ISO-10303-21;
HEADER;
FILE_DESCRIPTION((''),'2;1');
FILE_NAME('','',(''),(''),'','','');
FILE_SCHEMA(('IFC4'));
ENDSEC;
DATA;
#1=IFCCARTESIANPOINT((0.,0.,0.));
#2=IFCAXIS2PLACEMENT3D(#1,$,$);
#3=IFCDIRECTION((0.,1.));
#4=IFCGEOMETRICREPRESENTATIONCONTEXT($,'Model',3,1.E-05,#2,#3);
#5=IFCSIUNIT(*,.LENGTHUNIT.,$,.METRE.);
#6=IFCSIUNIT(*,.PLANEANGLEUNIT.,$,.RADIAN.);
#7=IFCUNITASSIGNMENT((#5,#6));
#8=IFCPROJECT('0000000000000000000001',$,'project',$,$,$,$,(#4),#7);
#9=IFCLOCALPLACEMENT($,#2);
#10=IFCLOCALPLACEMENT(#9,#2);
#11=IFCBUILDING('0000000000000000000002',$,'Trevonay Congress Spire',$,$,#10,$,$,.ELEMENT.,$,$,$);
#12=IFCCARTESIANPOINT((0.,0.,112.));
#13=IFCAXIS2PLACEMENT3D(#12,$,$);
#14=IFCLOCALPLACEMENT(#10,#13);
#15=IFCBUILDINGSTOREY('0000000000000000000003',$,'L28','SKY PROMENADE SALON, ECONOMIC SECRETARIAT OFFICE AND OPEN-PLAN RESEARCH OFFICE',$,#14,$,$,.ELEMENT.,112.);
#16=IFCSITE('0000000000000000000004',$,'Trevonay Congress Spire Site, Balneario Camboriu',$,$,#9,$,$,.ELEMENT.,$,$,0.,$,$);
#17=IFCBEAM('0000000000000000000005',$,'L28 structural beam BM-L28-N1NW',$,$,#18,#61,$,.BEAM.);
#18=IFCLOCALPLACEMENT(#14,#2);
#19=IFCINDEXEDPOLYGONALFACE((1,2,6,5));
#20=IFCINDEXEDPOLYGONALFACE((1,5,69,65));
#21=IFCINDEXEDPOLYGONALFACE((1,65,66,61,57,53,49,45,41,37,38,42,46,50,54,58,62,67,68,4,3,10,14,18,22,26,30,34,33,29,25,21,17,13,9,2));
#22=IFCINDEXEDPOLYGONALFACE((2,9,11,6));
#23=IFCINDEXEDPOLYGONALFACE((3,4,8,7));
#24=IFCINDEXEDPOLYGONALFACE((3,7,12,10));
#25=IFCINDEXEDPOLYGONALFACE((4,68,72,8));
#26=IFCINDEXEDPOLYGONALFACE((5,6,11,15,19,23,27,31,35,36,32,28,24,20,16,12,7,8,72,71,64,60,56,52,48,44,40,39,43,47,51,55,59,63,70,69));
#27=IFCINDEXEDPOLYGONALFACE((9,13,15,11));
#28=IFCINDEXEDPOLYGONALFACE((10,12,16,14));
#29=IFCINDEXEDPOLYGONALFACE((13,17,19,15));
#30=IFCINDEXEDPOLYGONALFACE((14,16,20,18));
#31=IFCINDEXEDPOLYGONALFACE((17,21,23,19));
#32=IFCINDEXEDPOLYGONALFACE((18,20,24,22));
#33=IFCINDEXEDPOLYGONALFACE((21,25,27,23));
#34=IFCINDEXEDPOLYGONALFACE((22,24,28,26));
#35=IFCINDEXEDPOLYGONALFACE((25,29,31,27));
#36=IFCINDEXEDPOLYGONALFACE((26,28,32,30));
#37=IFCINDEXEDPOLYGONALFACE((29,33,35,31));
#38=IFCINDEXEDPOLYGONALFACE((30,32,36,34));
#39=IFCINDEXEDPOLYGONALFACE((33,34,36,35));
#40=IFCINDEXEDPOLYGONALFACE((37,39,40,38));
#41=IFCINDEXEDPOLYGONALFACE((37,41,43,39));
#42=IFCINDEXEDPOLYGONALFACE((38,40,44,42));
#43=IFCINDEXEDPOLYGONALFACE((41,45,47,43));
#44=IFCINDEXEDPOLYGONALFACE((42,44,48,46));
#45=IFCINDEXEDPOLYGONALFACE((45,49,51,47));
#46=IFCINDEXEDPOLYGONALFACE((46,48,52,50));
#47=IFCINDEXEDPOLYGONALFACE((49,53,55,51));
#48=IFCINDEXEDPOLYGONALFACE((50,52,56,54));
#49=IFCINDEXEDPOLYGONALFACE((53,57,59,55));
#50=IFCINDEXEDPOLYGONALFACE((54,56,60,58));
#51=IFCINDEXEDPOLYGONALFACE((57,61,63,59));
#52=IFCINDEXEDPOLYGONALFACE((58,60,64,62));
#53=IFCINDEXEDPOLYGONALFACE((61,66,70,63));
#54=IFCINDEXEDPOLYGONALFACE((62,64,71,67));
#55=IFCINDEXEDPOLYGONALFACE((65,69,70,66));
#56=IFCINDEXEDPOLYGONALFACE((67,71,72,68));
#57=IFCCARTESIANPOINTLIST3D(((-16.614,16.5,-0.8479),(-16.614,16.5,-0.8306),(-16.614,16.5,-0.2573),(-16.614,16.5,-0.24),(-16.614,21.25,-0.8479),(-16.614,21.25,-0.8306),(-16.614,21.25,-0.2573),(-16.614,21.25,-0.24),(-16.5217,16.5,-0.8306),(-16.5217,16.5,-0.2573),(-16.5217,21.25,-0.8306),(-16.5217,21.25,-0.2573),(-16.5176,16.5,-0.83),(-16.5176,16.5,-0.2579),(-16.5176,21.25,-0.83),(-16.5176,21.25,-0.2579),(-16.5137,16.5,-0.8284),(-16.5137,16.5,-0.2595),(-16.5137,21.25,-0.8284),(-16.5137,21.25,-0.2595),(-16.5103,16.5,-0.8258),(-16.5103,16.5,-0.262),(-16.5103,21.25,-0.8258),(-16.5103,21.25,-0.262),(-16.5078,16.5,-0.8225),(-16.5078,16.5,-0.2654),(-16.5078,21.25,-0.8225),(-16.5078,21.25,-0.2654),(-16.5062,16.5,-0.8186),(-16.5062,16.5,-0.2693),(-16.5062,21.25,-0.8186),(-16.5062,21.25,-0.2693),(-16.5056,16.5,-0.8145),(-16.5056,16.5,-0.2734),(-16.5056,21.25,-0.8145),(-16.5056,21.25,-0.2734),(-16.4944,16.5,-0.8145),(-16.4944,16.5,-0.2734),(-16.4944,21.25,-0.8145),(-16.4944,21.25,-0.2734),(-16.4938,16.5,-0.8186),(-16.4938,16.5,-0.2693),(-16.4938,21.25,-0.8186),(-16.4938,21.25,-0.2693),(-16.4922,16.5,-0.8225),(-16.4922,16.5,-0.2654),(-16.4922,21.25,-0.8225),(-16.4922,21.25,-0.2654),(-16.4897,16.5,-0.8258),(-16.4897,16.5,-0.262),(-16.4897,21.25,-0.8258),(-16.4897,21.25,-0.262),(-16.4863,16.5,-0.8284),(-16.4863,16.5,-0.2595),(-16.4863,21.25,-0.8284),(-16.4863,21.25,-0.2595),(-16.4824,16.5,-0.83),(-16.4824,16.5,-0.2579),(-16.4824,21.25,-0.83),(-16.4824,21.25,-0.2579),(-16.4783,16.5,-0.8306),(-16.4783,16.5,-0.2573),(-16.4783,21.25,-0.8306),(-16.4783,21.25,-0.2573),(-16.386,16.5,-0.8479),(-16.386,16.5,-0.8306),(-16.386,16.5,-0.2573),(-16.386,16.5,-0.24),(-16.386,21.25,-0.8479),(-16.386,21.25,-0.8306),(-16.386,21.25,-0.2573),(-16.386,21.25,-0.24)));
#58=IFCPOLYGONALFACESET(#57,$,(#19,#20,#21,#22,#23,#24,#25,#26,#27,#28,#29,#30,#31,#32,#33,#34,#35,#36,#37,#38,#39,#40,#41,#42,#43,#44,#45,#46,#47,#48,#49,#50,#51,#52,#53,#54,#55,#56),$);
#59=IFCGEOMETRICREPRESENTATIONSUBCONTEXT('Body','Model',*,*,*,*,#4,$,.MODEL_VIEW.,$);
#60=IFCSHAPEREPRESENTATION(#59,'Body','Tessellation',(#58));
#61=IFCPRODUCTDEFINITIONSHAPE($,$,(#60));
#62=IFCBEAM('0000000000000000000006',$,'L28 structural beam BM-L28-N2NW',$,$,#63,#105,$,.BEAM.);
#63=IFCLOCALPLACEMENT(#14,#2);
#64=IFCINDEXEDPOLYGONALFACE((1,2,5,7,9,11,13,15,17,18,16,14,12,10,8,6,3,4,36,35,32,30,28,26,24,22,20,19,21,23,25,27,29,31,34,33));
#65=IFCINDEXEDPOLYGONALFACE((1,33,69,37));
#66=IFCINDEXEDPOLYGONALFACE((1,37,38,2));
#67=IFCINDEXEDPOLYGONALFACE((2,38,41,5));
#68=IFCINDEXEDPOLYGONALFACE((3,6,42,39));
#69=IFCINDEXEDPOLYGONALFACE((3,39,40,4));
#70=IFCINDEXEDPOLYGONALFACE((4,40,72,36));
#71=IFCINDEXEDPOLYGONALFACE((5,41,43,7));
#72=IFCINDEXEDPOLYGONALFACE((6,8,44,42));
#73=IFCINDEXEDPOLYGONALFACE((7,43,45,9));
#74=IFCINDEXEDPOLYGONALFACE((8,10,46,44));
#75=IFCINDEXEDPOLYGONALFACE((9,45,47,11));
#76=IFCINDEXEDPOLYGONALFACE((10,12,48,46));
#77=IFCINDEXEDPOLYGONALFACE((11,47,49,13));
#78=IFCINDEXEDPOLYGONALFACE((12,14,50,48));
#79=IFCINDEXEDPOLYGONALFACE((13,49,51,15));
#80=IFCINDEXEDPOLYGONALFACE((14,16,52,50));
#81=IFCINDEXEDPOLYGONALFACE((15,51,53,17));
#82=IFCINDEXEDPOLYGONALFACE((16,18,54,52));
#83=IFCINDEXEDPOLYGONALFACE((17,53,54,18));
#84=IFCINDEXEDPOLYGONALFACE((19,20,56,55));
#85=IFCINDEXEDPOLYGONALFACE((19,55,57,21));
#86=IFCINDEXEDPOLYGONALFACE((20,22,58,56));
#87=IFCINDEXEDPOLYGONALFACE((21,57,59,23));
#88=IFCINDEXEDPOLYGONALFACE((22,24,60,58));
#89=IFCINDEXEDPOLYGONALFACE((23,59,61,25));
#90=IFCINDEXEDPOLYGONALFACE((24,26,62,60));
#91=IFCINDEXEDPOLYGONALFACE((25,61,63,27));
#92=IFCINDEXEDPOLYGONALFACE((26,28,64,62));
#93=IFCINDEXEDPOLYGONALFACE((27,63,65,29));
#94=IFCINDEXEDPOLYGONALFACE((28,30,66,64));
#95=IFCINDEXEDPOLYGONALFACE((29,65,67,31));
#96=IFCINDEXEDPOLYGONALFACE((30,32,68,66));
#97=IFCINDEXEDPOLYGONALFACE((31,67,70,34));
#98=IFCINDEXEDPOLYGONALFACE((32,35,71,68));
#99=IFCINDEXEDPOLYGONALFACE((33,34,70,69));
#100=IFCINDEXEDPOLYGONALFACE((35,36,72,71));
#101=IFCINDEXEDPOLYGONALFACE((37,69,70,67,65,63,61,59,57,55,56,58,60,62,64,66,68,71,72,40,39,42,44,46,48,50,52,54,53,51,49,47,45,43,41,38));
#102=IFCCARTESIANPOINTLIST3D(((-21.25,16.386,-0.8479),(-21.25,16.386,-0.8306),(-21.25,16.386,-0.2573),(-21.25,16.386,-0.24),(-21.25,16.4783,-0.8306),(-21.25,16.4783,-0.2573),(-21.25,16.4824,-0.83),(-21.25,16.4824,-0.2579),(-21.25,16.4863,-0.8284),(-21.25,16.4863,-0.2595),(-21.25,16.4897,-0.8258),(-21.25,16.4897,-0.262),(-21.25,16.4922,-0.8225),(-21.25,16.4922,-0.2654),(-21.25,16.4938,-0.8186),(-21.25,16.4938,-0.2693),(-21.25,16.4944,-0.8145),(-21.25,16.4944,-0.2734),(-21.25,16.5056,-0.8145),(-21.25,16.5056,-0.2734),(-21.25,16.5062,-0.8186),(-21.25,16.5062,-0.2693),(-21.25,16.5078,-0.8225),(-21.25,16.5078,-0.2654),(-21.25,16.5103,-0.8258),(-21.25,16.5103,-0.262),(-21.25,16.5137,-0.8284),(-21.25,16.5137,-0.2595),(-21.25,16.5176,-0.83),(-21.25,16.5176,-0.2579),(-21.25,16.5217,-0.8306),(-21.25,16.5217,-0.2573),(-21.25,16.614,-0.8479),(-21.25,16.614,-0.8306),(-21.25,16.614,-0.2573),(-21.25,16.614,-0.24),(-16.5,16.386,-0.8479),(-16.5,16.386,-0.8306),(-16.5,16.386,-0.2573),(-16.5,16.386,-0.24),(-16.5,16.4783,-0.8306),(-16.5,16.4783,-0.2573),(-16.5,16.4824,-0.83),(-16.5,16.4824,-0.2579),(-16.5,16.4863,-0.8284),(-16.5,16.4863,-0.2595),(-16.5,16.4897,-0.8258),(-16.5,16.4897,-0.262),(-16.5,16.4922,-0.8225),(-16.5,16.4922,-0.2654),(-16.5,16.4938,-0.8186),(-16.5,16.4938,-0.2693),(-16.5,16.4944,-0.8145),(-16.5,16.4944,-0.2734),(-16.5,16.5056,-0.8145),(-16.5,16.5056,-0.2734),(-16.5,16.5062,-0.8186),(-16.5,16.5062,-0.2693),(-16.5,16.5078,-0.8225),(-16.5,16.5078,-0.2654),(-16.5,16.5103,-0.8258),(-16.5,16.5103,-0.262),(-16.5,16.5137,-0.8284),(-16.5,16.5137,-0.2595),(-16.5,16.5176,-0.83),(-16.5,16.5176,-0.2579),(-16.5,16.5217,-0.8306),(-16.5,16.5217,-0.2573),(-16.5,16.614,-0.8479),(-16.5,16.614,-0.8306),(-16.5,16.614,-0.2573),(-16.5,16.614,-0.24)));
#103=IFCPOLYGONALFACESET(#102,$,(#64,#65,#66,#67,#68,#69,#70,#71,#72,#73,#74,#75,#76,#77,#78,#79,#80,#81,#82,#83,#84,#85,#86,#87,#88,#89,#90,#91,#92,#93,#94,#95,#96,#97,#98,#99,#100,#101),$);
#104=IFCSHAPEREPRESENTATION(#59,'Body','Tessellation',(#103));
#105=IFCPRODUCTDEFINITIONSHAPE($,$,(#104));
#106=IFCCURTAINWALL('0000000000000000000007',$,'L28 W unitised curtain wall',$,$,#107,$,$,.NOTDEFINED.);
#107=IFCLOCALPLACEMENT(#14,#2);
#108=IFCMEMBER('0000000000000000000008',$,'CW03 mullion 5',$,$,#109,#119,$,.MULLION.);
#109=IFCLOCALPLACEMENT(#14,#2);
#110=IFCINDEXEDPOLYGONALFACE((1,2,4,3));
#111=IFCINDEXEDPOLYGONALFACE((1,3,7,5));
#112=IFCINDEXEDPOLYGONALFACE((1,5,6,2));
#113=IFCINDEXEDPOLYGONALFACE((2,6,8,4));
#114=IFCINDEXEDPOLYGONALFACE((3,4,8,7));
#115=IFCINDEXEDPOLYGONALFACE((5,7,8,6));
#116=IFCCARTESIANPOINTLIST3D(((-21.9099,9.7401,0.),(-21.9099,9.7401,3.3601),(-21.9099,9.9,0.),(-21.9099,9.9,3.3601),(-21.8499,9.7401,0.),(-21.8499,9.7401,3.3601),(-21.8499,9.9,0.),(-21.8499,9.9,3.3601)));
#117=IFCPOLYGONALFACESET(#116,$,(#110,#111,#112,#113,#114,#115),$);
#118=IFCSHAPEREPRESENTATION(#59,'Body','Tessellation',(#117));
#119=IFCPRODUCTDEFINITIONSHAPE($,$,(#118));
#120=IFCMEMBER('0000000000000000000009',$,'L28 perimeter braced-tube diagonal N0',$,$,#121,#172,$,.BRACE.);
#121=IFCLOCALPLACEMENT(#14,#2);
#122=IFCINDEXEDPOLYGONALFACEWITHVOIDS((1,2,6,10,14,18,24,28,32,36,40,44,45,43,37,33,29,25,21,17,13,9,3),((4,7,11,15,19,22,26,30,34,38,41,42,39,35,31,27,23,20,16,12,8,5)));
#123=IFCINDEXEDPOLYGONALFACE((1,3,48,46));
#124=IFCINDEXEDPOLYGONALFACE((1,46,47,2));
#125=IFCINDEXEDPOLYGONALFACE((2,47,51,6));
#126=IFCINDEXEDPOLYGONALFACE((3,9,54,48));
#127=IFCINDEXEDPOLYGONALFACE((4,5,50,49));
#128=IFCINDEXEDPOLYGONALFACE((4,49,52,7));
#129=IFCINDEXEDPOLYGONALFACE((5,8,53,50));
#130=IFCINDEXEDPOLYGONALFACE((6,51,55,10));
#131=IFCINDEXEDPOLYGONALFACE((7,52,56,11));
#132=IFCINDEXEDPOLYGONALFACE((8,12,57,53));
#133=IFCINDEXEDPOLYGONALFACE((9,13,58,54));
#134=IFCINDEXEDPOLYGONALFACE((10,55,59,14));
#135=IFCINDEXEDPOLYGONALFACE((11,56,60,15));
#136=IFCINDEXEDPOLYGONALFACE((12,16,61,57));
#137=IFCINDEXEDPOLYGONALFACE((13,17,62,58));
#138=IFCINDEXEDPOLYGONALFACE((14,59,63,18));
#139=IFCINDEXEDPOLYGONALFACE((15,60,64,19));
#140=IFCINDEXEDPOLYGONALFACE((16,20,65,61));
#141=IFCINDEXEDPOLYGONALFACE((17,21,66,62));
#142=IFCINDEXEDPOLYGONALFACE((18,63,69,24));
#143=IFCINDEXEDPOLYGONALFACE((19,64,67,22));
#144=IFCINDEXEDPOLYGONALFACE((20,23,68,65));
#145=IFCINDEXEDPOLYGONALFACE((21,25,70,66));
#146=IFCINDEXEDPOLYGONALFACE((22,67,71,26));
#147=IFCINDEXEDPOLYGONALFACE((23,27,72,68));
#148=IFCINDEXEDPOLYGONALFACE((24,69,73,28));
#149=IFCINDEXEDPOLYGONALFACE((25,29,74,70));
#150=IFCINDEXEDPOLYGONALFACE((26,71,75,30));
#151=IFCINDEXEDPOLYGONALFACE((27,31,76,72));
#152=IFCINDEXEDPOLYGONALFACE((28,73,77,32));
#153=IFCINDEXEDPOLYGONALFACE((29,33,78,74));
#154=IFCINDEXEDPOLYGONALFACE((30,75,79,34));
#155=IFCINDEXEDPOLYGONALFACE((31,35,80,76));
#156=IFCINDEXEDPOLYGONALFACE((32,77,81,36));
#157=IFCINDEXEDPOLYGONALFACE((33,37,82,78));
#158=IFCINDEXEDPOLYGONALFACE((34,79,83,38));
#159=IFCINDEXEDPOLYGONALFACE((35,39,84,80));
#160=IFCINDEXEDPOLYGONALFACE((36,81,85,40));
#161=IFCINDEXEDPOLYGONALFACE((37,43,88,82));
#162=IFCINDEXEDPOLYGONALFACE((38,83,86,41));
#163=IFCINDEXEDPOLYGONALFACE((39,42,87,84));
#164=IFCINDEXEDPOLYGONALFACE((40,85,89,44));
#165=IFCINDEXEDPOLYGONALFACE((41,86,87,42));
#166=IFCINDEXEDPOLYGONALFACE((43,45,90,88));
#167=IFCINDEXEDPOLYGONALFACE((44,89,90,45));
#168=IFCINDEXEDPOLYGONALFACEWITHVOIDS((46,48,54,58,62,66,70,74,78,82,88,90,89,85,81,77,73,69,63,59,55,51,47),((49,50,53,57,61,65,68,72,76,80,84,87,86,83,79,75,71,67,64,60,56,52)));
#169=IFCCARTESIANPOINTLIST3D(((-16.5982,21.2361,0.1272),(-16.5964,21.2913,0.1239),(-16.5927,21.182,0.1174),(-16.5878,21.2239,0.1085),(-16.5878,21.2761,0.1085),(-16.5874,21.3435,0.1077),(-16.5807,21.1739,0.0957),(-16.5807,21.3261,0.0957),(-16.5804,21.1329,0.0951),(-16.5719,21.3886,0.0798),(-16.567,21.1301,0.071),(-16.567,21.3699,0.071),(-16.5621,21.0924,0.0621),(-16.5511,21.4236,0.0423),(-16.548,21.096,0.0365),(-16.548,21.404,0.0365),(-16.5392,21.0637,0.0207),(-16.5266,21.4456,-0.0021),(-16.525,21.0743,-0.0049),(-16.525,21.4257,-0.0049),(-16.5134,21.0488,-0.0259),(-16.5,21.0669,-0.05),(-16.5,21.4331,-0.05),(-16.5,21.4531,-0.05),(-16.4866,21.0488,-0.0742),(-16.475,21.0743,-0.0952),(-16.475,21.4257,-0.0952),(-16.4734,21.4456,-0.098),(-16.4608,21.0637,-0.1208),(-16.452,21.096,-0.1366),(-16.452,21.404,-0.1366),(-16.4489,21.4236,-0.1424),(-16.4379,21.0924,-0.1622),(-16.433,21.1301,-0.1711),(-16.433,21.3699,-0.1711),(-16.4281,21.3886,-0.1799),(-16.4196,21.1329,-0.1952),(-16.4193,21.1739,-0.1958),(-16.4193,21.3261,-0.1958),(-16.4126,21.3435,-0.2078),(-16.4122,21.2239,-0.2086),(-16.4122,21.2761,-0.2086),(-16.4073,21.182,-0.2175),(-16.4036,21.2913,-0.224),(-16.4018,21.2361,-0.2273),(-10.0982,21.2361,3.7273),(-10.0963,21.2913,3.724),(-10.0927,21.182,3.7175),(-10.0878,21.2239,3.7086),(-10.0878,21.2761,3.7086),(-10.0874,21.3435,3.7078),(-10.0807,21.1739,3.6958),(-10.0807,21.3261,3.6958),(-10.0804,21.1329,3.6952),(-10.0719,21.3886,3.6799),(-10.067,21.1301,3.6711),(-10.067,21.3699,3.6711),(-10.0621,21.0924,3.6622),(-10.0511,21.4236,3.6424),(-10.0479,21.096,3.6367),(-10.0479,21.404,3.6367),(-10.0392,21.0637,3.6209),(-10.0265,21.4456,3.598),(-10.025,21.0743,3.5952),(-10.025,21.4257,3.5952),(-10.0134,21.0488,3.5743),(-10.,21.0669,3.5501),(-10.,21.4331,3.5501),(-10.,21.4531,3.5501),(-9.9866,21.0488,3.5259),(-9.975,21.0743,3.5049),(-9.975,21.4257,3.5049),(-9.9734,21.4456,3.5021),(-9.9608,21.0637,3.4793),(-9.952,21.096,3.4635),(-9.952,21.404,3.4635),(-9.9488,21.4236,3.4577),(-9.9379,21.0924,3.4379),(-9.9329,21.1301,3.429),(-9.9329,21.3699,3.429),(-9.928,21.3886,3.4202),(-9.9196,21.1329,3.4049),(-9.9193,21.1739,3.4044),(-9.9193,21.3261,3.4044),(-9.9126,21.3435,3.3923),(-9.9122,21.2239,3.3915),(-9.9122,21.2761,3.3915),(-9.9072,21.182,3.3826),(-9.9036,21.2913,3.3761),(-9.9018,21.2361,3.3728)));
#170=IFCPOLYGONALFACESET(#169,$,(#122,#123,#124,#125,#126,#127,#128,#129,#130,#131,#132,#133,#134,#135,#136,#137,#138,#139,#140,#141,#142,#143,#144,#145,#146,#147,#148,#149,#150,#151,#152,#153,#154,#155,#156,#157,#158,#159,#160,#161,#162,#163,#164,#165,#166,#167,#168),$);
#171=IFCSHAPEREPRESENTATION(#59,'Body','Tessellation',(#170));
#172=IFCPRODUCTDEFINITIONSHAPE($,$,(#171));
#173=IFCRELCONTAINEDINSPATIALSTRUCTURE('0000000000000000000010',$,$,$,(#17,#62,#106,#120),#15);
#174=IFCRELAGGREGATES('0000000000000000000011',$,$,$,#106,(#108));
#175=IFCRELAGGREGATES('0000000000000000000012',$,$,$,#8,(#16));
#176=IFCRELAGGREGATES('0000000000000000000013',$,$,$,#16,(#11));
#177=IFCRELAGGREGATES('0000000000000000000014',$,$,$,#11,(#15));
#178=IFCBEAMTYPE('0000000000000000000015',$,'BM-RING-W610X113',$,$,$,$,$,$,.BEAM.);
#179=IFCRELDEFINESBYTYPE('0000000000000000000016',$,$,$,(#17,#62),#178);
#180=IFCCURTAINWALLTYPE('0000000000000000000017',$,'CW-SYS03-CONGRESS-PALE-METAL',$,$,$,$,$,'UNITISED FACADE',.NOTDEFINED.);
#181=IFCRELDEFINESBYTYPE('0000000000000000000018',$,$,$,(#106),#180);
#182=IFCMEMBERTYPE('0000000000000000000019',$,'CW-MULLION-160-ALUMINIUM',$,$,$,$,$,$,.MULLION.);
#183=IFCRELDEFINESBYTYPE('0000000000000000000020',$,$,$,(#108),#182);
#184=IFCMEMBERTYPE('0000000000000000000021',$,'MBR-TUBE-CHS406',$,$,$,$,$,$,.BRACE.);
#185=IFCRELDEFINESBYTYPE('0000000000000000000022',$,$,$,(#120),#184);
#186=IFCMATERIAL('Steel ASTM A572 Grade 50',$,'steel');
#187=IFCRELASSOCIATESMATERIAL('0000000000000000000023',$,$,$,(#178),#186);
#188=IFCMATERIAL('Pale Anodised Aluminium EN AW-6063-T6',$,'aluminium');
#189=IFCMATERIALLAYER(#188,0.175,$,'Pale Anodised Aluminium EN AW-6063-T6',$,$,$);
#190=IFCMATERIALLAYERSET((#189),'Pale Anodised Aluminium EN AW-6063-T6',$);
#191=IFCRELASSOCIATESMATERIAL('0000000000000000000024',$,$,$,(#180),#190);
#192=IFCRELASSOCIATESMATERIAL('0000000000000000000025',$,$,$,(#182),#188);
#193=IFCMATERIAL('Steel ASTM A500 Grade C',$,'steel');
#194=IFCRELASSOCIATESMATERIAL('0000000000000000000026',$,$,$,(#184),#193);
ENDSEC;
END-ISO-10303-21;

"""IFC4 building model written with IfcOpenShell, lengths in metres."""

from ifc_helpers import new_model, si_unit, direction, frame, origin, origin_2d, place, context, subcontext, project, spatial, rectangle, hollow_circle, i_section, extrude, material, layer, layer_set, material_profile, profile_set, type_object, element, aggregate, save


model = new_model("IFC4")

# Units and contexts
model_context = context("Model", 3, precision=1e-05, world=origin(), true_north=direction((0.0, 1.0)))
body_context = subcontext(model_context, "Body", "Model", "MODEL_VIEW")
ifc_project = project(units=[si_unit("LENGTHUNIT", "METRE"), si_unit("PLANEANGLEUNIT", "RADIAN")], contexts=[model_context])

# Site, building, storey
site_placement = place(None, origin())
site = spatial("IfcSite", under=ifc_project, at=site_placement, Name="Trevonay Congress Spire Site, Balneario Camboriu", CompositionType="ELEMENT", RefElevation=0.0)
building_placement = place(site_placement, origin())
building = spatial("IfcBuilding", under=site, at=building_placement, Name="Trevonay Congress Spire", CompositionType="ELEMENT")
storey_placement = place(building_placement, frame((0.0, 0.0, 112.0)))
storey = spatial("IfcBuildingStorey", under=building, at=storey_placement, Name="L28", Description="SKY PROMENADE SALON, ECONOMIC SECRETARIAT OFFICE AND OPEN-PLAN RESEARCH OFFICE", CompositionType="ELEMENT", Elevation=112.0)

# Shared definitions
ifc_material_1 = material(Name="Steel ASTM A572 Grade 50", Category="steel")

# Beams
ifc_material_profile_1 = material_profile(ifc_material_1, i_section(OverallWidth=0.228, OverallDepth=0.6079, WebThickness=0.0112, FlangeThickness=0.0173, FilletRadius=0.0161, at=origin_2d()), Name="W610x113")
ifc_profile_set_1 = profile_set([ifc_material_profile_1], Name="Steel ASTM A572 Grade 50")
beam_type = type_object("IfcBeamType", Name="BM-RING-W610X113", PredefinedType="BEAM", material=ifc_profile_set_1)
for number, where, z_axis, x_axis, name in (
    (1, (-16.5, 21.25, -0.5439), (0.0, -1.0, 0.0), (1.0, 0.0, 0.0), "L28 structural beam BM-L28-N1NW"),
    (2, (-21.25, 16.5, -0.5439), (1.0, 0.0, 0.0), (0.0, 1.0, 0.0), "L28 structural beam BM-L28-N2NW"),
):
    element("IfcBeam", number, at=place(storey_placement, frame(where, z_axis=z_axis, x_axis=x_axis)), inside=storey, type_object=beam_type, Name=name, PredefinedType="BEAM", context=body_context, shape_type="SweptSolid", body=[
        extrude(i_section(OverallWidth=0.228, OverallDepth=0.6079, WebThickness=0.0112, FlangeThickness=0.0173, FilletRadius=0.0161, at=origin_2d()), origin(), (0.0, 0.0, 1.0), 4.75),
    ])

# Curtain wall, member
ifc_material_2 = material(Name="Pale Anodised Aluminium EN AW-6063-T6", Category="aluminium")
ifc_layer_1 = layer(ifc_material_2, 0.175, Name="Pale Anodised Aluminium EN AW-6063-T6")
ifc_layer_set_1 = layer_set([ifc_layer_1], Name="Pale Anodised Aluminium EN AW-6063-T6")
curtain_wall_type = type_object("IfcCurtainWallType", Name="CW-SYS03-CONGRESS-PALE-METAL", ElementType="UNITISED FACADE", PredefinedType="NOTDEFINED", material=ifc_layer_set_1)
curtain_wall_placement = place(storey_placement, origin())
curtain_wall = element("IfcCurtainWall", 3, at=curtain_wall_placement, inside=storey, type_object=curtain_wall_type, Name="L28 W unitised curtain wall", PredefinedType="NOTDEFINED")
ifc_material_profile_2 = material_profile(ifc_material_2, rectangle(XDim=0.0601, YDim=0.1599, at=origin_2d()), Name="CW-MULLION-160-ALUMINIUM")
ifc_profile_set_2 = profile_set([ifc_material_profile_2], Name="Pale Anodised Aluminium EN AW-6063-T6")
member_type_1 = type_object("IfcMemberType", Name="CW-MULLION-160-ALUMINIUM", PredefinedType="MULLION", material=ifc_profile_set_2)
member_placement = place(storey_placement, frame((-21.8799, 9.8201, 0.0), z_axis=(0.0, 0.0, 1.0), x_axis=(-1.0, 0.0, 0.0)))
member = element("IfcMember", 4, at=member_placement, type_object=member_type_1, Name="CW03 mullion 5", PredefinedType="MULLION", context=body_context, shape_type="SweptSolid", body=[
    extrude(rectangle(XDim=0.0601, YDim=0.1599, at=origin_2d()), origin(), (0.0, 0.0, 1.0), 3.3601),
])
aggregate(curtain_wall, [member])

# Member
ifc_material_3 = material(Name="Steel ASTM A500 Grade C", Category="steel")
ifc_material_profile_3 = material_profile(ifc_material_3, hollow_circle(Radius=0.2031, WallThickness=0.02, at=origin_2d()), Name="CHS 406.4x20")
ifc_profile_set_3 = profile_set([ifc_material_profile_3], Name="Steel ASTM A500 Grade C")
member_type_2 = type_object("IfcMemberType", Name="MBR-TUBE-CHS406", PredefinedType="BRACE", material=ifc_profile_set_3)
for number, where, z_axis, x_axis, name in (
    (5, (-16.5, 21.25, -0.05), (0.874786, 0.0, 0.48451), (0.0, 1.0, 0.0), "L28 perimeter braced-tube diagonal N0"),
):
    element("IfcMember", number, at=place(storey_placement, frame(where, z_axis=z_axis, x_axis=x_axis)), inside=storey, type_object=member_type_2, Name=name, PredefinedType="BRACE", context=body_context, shape_type="SweptSolid", body=[
        extrude(hollow_circle(Radius=0.2031, WallThickness=0.02, at=origin_2d()), origin(), (0.0, 0.0, 1.0), 7.4304),
    ])

save(model, "model.ifc")
